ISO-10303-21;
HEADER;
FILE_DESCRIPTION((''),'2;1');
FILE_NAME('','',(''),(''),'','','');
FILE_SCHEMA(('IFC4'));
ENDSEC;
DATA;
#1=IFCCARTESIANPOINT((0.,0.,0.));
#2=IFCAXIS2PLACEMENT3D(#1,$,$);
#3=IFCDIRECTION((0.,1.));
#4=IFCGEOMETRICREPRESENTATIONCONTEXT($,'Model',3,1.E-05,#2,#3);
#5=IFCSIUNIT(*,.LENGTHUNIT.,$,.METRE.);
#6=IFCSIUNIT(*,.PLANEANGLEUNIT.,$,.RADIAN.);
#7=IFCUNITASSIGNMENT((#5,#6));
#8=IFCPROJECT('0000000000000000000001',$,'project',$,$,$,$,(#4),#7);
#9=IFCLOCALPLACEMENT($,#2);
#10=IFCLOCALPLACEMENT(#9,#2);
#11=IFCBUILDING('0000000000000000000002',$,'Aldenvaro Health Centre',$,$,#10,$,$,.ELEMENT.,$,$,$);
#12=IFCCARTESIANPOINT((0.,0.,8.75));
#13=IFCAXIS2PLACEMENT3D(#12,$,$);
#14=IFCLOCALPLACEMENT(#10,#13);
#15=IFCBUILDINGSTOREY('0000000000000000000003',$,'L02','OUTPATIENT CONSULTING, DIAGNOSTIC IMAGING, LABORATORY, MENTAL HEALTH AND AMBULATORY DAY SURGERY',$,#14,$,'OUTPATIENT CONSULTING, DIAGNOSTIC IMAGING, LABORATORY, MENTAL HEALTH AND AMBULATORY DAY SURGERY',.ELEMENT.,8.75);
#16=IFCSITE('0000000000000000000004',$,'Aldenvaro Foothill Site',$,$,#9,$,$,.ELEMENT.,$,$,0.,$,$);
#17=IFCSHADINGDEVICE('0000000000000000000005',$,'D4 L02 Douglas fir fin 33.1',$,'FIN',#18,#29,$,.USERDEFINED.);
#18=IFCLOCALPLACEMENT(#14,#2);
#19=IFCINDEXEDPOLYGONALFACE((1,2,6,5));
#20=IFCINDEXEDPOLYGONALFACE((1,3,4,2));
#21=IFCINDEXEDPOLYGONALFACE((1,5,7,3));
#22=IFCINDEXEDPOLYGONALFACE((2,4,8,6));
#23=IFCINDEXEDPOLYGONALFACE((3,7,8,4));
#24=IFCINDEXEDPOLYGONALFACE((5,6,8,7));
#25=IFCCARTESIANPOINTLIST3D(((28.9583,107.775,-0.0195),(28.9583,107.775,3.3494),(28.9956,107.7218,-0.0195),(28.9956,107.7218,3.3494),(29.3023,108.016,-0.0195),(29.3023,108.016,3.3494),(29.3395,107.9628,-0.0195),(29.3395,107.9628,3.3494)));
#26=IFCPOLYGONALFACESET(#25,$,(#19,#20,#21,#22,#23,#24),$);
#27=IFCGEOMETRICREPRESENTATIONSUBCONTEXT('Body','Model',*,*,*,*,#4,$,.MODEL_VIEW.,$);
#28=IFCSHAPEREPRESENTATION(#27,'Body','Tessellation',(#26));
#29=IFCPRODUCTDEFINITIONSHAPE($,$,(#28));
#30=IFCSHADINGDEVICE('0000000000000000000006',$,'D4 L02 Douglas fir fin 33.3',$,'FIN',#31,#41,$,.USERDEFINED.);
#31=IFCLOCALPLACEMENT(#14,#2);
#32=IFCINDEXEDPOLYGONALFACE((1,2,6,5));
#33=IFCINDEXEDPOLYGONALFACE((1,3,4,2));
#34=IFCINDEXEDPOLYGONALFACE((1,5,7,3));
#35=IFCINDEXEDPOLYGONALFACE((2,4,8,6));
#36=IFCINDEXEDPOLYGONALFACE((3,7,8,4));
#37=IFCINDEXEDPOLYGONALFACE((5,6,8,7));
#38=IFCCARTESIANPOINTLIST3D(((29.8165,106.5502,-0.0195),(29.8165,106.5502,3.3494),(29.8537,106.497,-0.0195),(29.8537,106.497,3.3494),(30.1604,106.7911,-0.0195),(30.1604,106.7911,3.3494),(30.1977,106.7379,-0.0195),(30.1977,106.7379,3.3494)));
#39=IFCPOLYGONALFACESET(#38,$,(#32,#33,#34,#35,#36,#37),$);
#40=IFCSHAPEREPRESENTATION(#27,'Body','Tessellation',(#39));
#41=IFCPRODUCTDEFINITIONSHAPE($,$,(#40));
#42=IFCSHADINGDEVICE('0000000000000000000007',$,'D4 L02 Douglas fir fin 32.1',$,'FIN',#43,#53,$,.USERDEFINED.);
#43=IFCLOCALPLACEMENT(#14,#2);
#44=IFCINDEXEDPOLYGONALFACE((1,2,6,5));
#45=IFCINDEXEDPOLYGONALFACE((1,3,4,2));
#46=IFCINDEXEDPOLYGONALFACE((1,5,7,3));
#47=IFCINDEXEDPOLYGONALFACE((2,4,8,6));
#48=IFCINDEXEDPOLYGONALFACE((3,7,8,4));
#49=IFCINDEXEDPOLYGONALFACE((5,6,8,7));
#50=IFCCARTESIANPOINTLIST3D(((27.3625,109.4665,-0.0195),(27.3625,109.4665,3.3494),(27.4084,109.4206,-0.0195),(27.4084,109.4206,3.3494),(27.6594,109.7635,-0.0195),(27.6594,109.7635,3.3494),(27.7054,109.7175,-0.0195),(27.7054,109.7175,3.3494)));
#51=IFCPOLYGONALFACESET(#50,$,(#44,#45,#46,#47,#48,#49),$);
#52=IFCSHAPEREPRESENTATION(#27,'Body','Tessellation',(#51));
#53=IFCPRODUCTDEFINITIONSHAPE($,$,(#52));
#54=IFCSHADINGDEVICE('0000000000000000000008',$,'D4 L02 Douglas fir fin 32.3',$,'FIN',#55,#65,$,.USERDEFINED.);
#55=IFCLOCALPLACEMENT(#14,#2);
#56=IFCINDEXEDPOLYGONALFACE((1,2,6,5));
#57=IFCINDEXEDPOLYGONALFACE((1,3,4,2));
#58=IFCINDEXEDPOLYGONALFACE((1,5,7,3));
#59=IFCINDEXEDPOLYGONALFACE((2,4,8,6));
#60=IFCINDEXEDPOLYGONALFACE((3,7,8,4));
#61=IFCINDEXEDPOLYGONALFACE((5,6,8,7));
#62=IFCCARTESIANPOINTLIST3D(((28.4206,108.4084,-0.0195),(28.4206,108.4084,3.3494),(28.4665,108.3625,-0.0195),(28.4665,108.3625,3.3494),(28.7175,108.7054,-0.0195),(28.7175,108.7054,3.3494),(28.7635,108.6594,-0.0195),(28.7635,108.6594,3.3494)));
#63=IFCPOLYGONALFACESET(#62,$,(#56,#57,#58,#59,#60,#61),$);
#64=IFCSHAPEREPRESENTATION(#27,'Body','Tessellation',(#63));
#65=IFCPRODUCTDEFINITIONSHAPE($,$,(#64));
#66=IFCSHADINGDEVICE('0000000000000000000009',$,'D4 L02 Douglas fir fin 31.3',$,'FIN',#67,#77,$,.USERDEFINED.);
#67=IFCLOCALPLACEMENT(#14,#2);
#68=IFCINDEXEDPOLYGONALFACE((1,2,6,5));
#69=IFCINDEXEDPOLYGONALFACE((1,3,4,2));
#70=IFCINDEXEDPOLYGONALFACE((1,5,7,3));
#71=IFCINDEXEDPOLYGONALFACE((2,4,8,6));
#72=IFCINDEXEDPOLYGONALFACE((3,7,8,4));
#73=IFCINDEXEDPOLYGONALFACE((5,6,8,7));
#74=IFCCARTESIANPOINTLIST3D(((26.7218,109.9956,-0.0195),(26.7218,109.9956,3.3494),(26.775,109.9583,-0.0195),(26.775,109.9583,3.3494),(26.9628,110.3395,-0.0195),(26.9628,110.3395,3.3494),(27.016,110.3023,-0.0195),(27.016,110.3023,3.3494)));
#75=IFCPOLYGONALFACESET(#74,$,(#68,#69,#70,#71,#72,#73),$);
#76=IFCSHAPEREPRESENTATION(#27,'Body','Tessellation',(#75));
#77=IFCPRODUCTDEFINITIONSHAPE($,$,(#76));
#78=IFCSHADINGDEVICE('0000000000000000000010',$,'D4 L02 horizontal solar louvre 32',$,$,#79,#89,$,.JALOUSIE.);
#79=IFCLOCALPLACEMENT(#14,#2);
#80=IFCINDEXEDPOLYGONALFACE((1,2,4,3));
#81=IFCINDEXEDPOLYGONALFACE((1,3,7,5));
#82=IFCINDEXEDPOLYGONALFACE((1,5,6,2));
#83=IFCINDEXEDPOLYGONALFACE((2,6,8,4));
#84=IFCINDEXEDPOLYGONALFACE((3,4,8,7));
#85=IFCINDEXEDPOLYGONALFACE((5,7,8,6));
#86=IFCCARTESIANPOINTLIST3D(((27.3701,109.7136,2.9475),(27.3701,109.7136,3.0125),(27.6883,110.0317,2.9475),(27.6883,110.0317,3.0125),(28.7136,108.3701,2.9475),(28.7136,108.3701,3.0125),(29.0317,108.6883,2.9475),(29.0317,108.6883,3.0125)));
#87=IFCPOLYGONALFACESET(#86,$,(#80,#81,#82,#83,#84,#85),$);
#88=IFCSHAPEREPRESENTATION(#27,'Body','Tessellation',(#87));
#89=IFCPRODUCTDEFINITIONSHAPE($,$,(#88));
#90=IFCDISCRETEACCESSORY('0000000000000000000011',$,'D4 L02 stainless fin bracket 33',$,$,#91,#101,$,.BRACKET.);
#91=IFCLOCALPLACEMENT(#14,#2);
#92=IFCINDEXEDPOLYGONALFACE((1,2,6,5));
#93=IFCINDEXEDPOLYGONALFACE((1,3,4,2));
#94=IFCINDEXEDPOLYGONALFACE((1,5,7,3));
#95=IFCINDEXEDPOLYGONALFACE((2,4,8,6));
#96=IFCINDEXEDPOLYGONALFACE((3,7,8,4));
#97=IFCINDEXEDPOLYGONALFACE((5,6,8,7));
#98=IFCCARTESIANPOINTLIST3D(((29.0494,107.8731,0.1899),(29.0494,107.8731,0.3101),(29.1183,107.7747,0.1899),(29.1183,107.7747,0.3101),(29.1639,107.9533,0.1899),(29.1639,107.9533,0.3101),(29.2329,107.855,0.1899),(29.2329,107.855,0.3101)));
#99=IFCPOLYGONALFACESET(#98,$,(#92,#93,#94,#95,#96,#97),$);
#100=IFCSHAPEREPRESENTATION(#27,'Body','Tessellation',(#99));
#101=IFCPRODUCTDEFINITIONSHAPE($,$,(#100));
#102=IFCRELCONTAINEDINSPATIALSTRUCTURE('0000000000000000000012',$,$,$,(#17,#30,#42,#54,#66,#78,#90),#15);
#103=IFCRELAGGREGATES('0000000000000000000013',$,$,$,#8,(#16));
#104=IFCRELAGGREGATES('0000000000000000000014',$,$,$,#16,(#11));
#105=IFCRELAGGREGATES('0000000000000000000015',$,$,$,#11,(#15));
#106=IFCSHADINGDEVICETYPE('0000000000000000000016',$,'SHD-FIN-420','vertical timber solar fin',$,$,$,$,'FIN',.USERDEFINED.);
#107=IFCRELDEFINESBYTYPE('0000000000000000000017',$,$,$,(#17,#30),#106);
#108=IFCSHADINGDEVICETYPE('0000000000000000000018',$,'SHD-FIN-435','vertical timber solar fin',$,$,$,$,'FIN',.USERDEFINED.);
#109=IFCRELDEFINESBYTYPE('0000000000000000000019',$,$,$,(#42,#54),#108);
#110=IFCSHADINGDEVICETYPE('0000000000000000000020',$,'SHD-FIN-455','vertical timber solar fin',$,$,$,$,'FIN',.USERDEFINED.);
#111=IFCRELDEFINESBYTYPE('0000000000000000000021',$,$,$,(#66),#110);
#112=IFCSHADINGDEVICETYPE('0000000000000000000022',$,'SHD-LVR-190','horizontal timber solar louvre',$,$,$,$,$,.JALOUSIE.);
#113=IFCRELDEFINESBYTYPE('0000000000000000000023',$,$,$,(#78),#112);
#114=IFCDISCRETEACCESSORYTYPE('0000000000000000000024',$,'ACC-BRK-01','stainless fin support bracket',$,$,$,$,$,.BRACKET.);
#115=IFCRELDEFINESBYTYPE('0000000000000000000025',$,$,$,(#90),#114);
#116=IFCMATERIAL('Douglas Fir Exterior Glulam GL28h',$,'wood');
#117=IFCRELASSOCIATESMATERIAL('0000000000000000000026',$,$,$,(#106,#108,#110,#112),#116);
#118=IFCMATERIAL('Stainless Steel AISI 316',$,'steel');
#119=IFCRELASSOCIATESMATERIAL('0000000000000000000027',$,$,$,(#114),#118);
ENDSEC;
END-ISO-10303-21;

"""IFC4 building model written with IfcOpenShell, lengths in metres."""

from ifc_helpers import new_model, si_unit, direction, frame, origin, origin_2d, place, context, subcontext, project, spatial, rectangle, extrude, material, type_object, element, save


model = new_model("IFC4")

# Units and contexts
model_context = context("Model", 3, precision=1e-05, world=origin(), true_north=direction((0.0, 1.0)))
body_context = subcontext(model_context, "Body", "Model", "MODEL_VIEW")
ifc_project = project(units=[si_unit("LENGTHUNIT", "METRE"), si_unit("PLANEANGLEUNIT", "RADIAN")], contexts=[model_context])

# Site, building, storey
site_placement = place(None, origin())
site = spatial("IfcSite", under=ifc_project, at=site_placement, Name="Aldenvaro Foothill Site", CompositionType="ELEMENT", RefElevation=0.0)
building_placement = place(site_placement, origin())
building = spatial("IfcBuilding", under=site, at=building_placement, Name="Aldenvaro Health Centre", CompositionType="ELEMENT")
storey_placement = place(building_placement, frame((0.0, 0.0, 8.75)))
storey = spatial("IfcBuildingStorey", under=building, at=storey_placement, Name="L02", Description="OUTPATIENT CONSULTING, DIAGNOSTIC IMAGING, LABORATORY, MENTAL HEALTH AND AMBULATORY DAY SURGERY", LongName="OUTPATIENT CONSULTING, DIAGNOSTIC IMAGING, LABORATORY, MENTAL HEALTH AND AMBULATORY DAY SURGERY", CompositionType="ELEMENT", Elevation=8.75)

# Shading devices
ifc_material_1 = material(Name="Douglas Fir Exterior Glulam GL28h", Category="wood")
shading_device_type_1 = type_object("IfcShadingDeviceType", Name="SHD-FIN-420", Description="vertical timber solar fin", ElementType="FIN", PredefinedType="USERDEFINED", material=ifc_material_1)
for number, where, z_axis, x_axis, name in (
    (1, (29.1489, 107.8689, -0.0195), (0.0, 0.0, 1.0), (0.573721, -0.819051, 0.0), "D4 L02 Douglas fir fin 33.1"),
    (2, (30.0071, 106.644, -0.0195), (0.0, 0.0, 1.0), (0.573721, -0.819051, 0.0), "D4 L02 Douglas fir fin 33.3"),
):
    element("IfcShadingDevice", number, at=place(storey_placement, frame(where, z_axis=z_axis, x_axis=x_axis)), inside=storey, type_object=shading_device_type_1, Name=name, ObjectType="FIN", PredefinedType="USERDEFINED", context=body_context, shape_type="SweptSolid", body=[
        extrude(rectangle(XDim=0.0649, YDim=0.4199, at=origin_2d()), origin(), (0.0, 0.0, 1.0), 3.3689),
    ])
shading_device_type_2 = type_object("IfcShadingDeviceType", Name="SHD-FIN-435", Description="vertical timber solar fin", ElementType="FIN", PredefinedType="USERDEFINED", material=ifc_material_1)
for number, where, z_axis, x_axis, name in (
    (3, (27.5339, 109.592, -0.0195), (0.0, 0.0, 1.0), (0.707107, -0.707107, 0.0), "D4 L02 Douglas fir fin 32.1"),
    (4, (28.592, 108.5339, -0.0195), (0.0, 0.0, 1.0), (0.707107, -0.707107, 0.0), "D4 L02 Douglas fir fin 32.3"),
):
    element("IfcShadingDevice", number, at=place(storey_placement, frame(where, z_axis=z_axis, x_axis=x_axis)), inside=storey, type_object=shading_device_type_2, Name=name, ObjectType="FIN", PredefinedType="USERDEFINED", context=body_context, shape_type="SweptSolid", body=[
        extrude(rectangle(XDim=0.0649, YDim=0.4199, at=origin_2d()), origin(), (0.0, 0.0, 1.0), 3.3689),
    ])
shading_device_type_3 = type_object("IfcShadingDeviceType", Name="SHD-FIN-455", Description="vertical timber solar fin", ElementType="FIN", PredefinedType="USERDEFINED", material=ifc_material_1)
shading_device_1_placement = place(storey_placement, frame((26.8689, 110.1489, -0.0195), z_axis=(0.0, 0.0, 1.0), x_axis=(0.819051, -0.573721, 0.0)))
element("IfcShadingDevice", 5, at=shading_device_1_placement, inside=storey, type_object=shading_device_type_3, Name="D4 L02 Douglas fir fin 31.3", ObjectType="FIN", PredefinedType="USERDEFINED", context=body_context, shape_type="SweptSolid", body=[
    extrude(rectangle(XDim=0.0649, YDim=0.4199, at=origin_2d()), origin(), (0.0, 0.0, 1.0), 3.3689),
])
shading_device_type_4 = type_object("IfcShadingDeviceType", Name="SHD-LVR-190", Description="horizontal timber solar louvre", PredefinedType="JALOUSIE", material=ifc_material_1)
shading_device_2_placement = place(storey_placement, frame((28.2009, 109.2009, 2.9475), z_axis=(0.0, 0.0, 1.0), x_axis=(0.707107, -0.707107, 0.0)))
element("IfcShadingDevice", 6, at=shading_device_2_placement, inside=storey, type_object=shading_device_type_4, Name="D4 L02 horizontal solar louvre 32", PredefinedType="JALOUSIE", context=body_context, shape_type="SweptSolid", body=[
    extrude(rectangle(XDim=1.8999, YDim=0.45, at=origin_2d()), origin(), (0.0, 0.0, 1.0), 0.0649),
])

# Discrete accessory
ifc_material_2 = material(Name="Stainless Steel AISI 316", Category="steel")
discrete_accessory_type = type_object("IfcDiscreteAccessoryType", Name="ACC-BRK-01", Description="stainless fin support bracket", PredefinedType="BRACKET", material=ifc_material_2)
discrete_accessory_placement = place(storey_placement, frame((29.1411, 107.864, 0.1899), z_axis=(0.0, 0.0, 1.0), x_axis=(0.573721, -0.819051, 0.0)))
element("IfcDiscreteAccessory", 7, at=discrete_accessory_placement, inside=storey, type_object=discrete_accessory_type, Name="D4 L02 stainless fin bracket 33", PredefinedType="BRACKET", context=body_context, shape_type="SweptSolid", body=[
    extrude(rectangle(XDim=0.1201, YDim=0.1399, at=origin_2d()), origin(), (0.0, 0.0, 1.0), 0.1201),
])

save(model, "model.ifc")
